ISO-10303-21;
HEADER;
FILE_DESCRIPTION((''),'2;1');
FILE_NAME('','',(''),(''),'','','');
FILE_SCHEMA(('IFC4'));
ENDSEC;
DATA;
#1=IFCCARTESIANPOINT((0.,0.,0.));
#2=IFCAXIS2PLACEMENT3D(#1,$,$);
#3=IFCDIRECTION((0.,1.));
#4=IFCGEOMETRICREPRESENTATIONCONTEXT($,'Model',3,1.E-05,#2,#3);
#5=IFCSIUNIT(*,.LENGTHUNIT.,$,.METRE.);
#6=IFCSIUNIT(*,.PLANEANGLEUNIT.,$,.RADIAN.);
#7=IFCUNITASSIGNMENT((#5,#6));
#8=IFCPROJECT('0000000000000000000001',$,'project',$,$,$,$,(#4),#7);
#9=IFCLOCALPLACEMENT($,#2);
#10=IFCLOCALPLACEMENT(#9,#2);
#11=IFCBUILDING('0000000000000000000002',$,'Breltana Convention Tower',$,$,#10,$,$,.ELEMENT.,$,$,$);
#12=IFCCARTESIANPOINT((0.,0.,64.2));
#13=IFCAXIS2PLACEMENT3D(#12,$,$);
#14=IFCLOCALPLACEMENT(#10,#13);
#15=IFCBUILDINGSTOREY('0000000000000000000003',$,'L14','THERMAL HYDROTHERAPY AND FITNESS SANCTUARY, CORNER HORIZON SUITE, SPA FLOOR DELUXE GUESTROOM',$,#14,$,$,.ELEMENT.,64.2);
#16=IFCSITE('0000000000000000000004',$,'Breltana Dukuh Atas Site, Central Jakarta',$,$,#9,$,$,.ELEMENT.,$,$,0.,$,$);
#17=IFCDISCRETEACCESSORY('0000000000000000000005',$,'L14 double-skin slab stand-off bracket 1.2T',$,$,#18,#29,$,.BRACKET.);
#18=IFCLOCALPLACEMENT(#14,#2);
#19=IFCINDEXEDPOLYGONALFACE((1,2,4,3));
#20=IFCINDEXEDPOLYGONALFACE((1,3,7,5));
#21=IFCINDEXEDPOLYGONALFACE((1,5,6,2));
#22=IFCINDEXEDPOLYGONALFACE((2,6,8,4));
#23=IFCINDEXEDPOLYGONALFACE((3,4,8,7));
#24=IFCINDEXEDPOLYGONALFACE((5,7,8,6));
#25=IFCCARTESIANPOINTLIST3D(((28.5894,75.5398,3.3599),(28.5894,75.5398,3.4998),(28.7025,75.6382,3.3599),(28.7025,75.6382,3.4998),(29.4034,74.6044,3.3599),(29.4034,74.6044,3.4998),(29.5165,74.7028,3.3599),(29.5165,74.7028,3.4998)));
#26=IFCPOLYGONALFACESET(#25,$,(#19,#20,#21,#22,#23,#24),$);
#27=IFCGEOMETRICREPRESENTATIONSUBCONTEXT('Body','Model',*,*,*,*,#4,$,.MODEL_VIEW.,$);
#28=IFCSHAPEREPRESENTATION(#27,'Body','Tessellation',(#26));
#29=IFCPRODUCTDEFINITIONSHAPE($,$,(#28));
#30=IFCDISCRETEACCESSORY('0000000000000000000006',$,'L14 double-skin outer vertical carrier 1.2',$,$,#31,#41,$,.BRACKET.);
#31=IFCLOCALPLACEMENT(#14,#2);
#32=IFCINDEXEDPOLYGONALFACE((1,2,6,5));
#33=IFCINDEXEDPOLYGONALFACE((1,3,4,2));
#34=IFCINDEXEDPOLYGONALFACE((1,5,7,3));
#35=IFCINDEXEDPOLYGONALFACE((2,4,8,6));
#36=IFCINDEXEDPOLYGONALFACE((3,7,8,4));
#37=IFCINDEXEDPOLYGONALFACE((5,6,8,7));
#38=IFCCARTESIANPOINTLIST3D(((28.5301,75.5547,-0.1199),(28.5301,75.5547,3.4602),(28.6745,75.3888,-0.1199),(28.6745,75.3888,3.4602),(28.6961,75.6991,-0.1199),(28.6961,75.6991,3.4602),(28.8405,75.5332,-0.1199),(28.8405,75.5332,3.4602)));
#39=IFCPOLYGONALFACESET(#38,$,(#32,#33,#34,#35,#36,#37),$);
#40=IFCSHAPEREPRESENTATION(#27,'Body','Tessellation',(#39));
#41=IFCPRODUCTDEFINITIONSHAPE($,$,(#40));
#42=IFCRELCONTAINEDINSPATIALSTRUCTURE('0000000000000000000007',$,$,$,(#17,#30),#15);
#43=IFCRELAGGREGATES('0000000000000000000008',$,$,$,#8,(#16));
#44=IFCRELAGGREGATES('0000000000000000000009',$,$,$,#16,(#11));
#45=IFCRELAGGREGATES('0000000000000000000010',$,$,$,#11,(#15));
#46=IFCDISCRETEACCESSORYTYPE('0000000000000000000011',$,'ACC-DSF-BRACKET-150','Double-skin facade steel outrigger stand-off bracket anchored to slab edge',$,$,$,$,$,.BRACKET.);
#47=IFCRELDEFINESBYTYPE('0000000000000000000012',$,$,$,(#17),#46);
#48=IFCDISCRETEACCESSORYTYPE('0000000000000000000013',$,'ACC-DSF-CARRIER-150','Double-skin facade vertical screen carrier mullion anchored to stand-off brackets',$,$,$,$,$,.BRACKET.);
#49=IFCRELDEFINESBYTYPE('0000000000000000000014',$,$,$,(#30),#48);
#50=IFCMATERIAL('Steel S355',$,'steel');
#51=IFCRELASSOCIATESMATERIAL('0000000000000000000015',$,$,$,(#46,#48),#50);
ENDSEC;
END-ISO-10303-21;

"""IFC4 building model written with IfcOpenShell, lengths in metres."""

from ifc_helpers import new_model, si_unit, direction, frame, origin, origin_2d, place, context, subcontext, project, spatial, rectangle, extrude, source, transform, mapped, material, type_object, type_shapes, element, save


model = new_model("IFC4")

# Units and contexts
model_context = context("Model", 3, precision=1e-05, world=origin(), true_north=direction((0.0, 1.0)))
body_context = subcontext(model_context, "Body", "Model", "MODEL_VIEW")
ifc_project = project(units=[si_unit("LENGTHUNIT", "METRE"), si_unit("PLANEANGLEUNIT", "RADIAN")], contexts=[model_context])

# Site, building, storey
site_placement = place(None, origin())
site = spatial("IfcSite", under=ifc_project, at=site_placement, Name="Breltana Dukuh Atas Site, Central Jakarta", CompositionType="ELEMENT", RefElevation=0.0)
building_placement = place(site_placement, origin())
building = spatial("IfcBuilding", under=site, at=building_placement, Name="Breltana Convention Tower", CompositionType="ELEMENT")
storey_placement = place(building_placement, frame((0.0, 0.0, 64.2)))
storey = spatial("IfcBuildingStorey", under=building, at=storey_placement, Name="L14", Description="THERMAL HYDROTHERAPY AND FITNESS SANCTUARY, CORNER HORIZON SUITE, SPA FLOOR DELUXE GUESTROOM", CompositionType="ELEMENT", Elevation=64.2)

# Discrete accessories
ifc_material_1 = material(Name="Steel S355", Category="steel")
discrete_accessory_type_1 = type_object("IfcDiscreteAccessoryType", Name="ACC-DSF-BRACKET-150", Description="Double-skin facade steel outrigger stand-off bracket anchored to slab edge", PredefinedType="BRACKET", material=ifc_material_1)
shared_shape_1 = source(origin(), body_context, "Body", "SweptSolid", [
    extrude(rectangle(XDim=1.24, YDim=0.1499, at=origin_2d()), origin(), (0.0, 0.0, 1.0), 0.1399),
])
type_shapes(discrete_accessory_type_1, [shared_shape_1])
for number, where, z_axis, x_axis, name in (
    (1, (29.053, 75.1213, 3.3599), (0.0, 0.0, 1.0), (-0.656457, 0.754364, 0.0), "L14 double-skin slab stand-off bracket 1.2T"),
):
    element("IfcDiscreteAccessory", number, at=place(storey_placement, frame(where, z_axis=z_axis, x_axis=x_axis)), inside=storey, type_object=discrete_accessory_type_1, Name=name, PredefinedType="BRACKET", context=body_context, shape_type="MappedRepresentation", body=[
        mapped(shared_shape_1, transform((0.0, 0.0, 0.0), scale=1.0)),
    ])
discrete_accessory_type_2 = type_object("IfcDiscreteAccessoryType", Name="ACC-DSF-CARRIER-150", Description="Double-skin facade vertical screen carrier mullion anchored to stand-off brackets", PredefinedType="BRACKET", material=ifc_material_1)
shared_shape_2 = source(origin(), body_context, "Body", "SweptSolid", [
    extrude(rectangle(XDim=0.22, YDim=0.22, at=origin_2d()), origin(), (0.0, 0.0, 1.0), 3.5801),
])
discrete_accessory_placement = place(storey_placement, frame((28.6853, 75.5439, -0.1199), z_axis=(0.0, 0.0, 1.0), x_axis=(-0.656457, 0.754364, 0.0)))
element("IfcDiscreteAccessory", 2, at=discrete_accessory_placement, inside=storey, type_object=discrete_accessory_type_2, Name="L14 double-skin outer vertical carrier 1.2", PredefinedType="BRACKET", context=body_context, shape_type="MappedRepresentation", body=[
    mapped(shared_shape_2, transform((0.0, 0.0, 0.0), scale=1.0)),
])

save(model, "model.ifc")
